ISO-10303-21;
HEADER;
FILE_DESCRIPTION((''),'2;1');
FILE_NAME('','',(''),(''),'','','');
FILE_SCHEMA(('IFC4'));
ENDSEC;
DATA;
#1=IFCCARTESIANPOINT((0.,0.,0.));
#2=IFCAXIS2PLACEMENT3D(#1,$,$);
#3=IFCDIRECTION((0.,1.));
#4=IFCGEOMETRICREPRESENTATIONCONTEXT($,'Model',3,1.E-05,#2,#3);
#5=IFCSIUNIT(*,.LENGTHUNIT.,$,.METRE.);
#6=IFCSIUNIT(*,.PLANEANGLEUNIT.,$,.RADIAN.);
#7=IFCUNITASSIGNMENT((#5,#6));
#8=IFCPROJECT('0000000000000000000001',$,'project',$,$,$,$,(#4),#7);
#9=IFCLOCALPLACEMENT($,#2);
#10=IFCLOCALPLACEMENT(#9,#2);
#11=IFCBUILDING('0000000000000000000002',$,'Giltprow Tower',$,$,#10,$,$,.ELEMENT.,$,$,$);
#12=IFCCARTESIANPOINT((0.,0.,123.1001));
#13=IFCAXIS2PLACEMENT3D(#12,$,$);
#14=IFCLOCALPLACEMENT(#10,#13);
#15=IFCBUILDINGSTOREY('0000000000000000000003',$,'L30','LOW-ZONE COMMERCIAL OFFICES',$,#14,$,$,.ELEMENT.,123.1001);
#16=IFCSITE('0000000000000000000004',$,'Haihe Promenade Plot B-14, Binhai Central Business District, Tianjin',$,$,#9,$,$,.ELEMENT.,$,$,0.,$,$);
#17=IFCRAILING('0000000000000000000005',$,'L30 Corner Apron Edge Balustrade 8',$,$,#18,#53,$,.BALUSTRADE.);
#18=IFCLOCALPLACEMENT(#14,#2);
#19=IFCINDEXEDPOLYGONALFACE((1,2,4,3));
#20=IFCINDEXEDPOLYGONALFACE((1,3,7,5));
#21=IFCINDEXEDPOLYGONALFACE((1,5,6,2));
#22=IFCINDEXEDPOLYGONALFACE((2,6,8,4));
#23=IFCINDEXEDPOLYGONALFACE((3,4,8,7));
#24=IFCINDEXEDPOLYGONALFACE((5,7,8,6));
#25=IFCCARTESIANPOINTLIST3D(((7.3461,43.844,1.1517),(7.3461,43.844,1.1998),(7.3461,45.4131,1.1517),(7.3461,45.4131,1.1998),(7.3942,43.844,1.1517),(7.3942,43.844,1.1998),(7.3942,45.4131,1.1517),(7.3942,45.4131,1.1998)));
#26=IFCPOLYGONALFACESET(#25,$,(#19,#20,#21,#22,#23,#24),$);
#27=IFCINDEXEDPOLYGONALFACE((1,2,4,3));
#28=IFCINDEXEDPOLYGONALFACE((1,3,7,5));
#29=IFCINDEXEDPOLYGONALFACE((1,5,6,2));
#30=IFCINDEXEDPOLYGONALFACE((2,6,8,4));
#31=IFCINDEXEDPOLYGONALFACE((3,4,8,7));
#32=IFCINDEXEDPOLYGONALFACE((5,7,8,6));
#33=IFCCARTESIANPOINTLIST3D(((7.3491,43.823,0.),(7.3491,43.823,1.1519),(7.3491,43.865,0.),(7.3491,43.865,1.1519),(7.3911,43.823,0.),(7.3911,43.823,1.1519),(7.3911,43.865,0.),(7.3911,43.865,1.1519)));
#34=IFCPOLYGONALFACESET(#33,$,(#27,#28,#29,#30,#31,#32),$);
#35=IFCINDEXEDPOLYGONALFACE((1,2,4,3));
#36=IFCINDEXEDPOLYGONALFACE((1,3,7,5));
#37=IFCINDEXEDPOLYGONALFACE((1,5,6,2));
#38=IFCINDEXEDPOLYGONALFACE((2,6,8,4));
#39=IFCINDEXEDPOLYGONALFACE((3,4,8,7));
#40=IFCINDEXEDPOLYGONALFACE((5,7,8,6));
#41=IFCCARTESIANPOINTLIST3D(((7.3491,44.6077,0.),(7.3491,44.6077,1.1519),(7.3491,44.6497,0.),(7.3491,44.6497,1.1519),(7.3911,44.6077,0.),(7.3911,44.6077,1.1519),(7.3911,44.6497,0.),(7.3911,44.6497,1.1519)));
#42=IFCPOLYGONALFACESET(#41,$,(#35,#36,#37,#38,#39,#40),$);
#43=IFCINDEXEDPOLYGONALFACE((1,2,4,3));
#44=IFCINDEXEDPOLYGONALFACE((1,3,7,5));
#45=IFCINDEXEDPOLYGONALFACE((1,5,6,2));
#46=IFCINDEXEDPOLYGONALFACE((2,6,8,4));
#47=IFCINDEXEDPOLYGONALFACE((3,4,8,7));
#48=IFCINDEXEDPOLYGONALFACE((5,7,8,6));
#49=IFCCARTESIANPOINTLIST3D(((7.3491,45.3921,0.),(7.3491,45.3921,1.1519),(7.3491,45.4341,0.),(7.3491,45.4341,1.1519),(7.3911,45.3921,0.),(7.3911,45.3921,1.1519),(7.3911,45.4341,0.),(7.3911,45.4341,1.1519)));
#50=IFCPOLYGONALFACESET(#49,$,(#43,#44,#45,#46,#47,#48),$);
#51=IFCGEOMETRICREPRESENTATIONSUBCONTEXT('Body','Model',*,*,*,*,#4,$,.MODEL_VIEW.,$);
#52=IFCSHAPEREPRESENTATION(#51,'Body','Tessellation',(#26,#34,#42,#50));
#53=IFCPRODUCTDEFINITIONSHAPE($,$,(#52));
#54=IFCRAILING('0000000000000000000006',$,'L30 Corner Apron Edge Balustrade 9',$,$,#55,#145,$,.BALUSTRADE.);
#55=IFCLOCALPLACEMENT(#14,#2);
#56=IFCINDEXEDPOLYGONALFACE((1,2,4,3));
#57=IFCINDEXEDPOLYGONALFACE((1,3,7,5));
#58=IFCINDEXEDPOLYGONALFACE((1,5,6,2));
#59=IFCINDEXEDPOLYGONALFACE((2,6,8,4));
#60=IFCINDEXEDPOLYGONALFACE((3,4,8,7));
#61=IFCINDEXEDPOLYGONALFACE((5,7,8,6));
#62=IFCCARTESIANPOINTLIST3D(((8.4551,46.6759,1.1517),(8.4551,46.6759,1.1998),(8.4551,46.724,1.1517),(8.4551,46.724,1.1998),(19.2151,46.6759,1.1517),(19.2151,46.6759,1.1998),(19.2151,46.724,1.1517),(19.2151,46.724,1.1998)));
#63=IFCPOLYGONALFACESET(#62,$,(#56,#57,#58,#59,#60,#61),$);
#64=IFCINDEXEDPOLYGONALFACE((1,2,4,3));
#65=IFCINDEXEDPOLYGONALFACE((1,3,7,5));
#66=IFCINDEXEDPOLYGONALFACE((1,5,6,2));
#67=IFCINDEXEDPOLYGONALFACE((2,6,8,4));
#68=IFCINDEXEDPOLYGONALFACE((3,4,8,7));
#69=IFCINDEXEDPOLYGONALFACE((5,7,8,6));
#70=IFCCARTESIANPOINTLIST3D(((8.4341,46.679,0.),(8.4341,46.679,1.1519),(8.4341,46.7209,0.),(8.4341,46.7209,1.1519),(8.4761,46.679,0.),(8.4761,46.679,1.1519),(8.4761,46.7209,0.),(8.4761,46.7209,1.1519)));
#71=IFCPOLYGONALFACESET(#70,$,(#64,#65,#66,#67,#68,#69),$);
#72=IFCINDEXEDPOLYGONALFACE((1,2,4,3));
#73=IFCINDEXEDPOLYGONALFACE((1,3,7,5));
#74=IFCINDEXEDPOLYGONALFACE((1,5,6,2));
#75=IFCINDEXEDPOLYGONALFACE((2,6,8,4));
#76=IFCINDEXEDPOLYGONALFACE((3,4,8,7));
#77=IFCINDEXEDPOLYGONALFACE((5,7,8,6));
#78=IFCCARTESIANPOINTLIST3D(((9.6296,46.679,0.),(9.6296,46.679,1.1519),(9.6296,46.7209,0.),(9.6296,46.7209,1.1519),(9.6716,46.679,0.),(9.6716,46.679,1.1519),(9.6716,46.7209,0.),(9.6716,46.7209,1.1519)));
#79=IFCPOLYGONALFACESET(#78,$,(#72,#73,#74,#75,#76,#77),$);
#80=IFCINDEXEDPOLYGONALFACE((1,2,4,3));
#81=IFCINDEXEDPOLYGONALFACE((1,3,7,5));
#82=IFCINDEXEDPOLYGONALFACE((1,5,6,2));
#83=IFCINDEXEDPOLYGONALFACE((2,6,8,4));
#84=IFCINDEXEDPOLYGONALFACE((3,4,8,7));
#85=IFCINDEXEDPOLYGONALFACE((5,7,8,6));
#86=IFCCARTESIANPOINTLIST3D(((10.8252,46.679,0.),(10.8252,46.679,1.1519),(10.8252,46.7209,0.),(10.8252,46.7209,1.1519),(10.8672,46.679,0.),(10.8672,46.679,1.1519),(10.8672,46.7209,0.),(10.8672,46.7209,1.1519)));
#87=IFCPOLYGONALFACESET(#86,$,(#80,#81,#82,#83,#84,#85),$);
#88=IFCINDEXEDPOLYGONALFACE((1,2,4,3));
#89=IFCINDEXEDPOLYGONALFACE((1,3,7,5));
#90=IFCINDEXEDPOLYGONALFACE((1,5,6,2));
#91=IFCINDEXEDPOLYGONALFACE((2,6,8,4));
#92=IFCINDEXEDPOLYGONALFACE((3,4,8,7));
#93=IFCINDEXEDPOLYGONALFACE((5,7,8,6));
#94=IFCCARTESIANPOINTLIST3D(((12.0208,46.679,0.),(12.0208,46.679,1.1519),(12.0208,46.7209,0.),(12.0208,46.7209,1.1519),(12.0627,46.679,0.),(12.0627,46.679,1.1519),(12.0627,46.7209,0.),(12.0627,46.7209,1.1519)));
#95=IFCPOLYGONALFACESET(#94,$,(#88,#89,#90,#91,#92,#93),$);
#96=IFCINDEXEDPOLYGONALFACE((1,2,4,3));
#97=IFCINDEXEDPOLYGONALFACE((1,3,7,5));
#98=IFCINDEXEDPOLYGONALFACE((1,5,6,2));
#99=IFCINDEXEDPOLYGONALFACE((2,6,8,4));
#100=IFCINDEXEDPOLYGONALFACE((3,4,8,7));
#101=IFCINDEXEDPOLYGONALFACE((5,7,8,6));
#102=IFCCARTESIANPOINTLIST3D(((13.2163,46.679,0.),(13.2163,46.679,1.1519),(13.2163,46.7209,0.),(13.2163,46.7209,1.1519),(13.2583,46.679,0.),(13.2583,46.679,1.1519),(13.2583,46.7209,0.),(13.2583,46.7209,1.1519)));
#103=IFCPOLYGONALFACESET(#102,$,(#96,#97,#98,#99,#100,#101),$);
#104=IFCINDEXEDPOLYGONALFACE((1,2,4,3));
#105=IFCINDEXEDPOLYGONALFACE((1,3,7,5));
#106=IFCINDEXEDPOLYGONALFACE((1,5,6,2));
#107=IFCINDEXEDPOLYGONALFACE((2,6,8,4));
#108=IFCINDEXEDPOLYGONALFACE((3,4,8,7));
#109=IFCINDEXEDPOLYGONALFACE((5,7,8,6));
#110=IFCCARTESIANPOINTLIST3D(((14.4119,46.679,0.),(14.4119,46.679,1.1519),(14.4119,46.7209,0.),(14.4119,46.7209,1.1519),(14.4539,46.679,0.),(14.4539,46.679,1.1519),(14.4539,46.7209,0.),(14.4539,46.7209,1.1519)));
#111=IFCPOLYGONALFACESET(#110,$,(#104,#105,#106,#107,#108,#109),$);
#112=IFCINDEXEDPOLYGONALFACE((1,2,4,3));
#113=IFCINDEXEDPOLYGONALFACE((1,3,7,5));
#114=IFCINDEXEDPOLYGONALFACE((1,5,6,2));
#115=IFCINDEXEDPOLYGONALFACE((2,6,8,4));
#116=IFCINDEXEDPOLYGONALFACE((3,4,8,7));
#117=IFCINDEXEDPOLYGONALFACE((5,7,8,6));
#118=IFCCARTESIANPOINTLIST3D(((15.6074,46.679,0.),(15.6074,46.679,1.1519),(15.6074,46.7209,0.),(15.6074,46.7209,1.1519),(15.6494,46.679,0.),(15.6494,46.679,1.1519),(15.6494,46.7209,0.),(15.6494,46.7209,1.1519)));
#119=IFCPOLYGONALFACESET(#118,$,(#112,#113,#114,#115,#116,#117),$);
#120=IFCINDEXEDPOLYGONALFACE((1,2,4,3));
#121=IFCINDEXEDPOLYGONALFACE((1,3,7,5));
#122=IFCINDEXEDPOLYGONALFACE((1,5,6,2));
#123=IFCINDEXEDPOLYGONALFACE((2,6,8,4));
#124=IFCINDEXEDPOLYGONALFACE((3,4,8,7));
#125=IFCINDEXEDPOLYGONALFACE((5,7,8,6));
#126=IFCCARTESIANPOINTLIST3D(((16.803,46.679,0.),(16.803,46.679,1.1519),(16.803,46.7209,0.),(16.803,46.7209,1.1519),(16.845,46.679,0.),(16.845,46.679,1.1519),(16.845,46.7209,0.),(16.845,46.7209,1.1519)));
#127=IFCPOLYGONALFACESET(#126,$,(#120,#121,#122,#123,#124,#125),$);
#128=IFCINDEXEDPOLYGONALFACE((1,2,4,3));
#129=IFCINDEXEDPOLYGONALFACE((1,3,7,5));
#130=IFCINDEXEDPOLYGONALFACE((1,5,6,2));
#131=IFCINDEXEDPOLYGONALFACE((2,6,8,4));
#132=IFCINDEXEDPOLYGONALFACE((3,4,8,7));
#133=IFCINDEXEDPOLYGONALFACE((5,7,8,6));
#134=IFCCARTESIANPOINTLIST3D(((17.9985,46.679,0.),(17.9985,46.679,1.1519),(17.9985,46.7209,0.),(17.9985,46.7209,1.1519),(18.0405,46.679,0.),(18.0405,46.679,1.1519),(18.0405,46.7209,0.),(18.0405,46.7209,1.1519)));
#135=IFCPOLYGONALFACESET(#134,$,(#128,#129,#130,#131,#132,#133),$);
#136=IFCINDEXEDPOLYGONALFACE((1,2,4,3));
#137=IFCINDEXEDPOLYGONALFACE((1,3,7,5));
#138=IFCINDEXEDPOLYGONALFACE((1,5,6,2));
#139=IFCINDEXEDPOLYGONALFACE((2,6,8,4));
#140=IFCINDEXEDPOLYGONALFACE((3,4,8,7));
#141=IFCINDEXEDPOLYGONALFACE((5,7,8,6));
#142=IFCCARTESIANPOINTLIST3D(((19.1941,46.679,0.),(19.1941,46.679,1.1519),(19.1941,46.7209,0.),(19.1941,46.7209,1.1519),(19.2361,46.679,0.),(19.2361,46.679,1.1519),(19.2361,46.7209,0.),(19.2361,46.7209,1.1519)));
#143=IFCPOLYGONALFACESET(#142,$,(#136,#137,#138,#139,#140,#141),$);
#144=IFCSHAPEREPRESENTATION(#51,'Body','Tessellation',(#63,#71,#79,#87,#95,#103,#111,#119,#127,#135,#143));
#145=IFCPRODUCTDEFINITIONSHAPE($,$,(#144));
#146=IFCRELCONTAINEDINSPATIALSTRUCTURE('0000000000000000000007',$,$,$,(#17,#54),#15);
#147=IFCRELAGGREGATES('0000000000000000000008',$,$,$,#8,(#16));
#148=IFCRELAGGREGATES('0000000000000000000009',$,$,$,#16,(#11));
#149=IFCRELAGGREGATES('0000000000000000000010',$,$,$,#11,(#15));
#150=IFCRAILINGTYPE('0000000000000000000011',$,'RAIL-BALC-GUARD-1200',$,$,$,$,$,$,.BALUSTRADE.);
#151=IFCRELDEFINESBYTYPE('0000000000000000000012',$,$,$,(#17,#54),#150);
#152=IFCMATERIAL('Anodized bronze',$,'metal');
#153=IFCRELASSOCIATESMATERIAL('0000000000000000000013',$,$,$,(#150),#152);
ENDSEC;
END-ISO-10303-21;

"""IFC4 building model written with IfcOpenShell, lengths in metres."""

from ifc_helpers import new_model, si_unit, direction, frame, origin, origin_2d, place, context, subcontext, project, spatial, rectangle, extrude, material, type_object, element, save


model = new_model("IFC4")

# Units and contexts
model_context = context("Model", 3, precision=1e-05, world=origin(), true_north=direction((0.0, 1.0)))
body_context = subcontext(model_context, "Body", "Model", "MODEL_VIEW")
ifc_project = project(units=[si_unit("LENGTHUNIT", "METRE"), si_unit("PLANEANGLEUNIT", "RADIAN")], contexts=[model_context])

# Site, building, storey
site_placement = place(None, origin())
site = spatial("IfcSite", under=ifc_project, at=site_placement, Name="Haihe Promenade Plot B-14, Binhai Central Business District, Tianjin", CompositionType="ELEMENT", RefElevation=0.0)
building_placement = place(site_placement, origin())
building = spatial("IfcBuilding", under=site, at=building_placement, Name="Giltprow Tower", CompositionType="ELEMENT")
storey_placement = place(building_placement, frame((0.0, 0.0, 123.1001)))
storey = spatial("IfcBuildingStorey", under=building, at=storey_placement, Name="L30", Description="LOW-ZONE COMMERCIAL OFFICES", CompositionType="ELEMENT", Elevation=123.1001)

# Railings
ifc_material_1 = material(Name="Anodized bronze", Category="metal")
railing_type = type_object("IfcRailingType", Name="RAIL-BALC-GUARD-1200", PredefinedType="BALUSTRADE", material=ifc_material_1)
railing_1_placement = place(storey_placement, frame((7.3701, 43.844, 0.0)))
element("IfcRailing", 1, at=railing_1_placement, inside=storey, type_object=railing_type, Name="L30 Corner Apron Edge Balustrade 8", PredefinedType="BALUSTRADE", context=body_context, shape_type="SweptSolid", body=[
    extrude(rectangle(XDim=0.0481, YDim=0.0481, at=origin_2d()), frame((0.0, 0.0, 1.1758), z_axis=(0.0, 1.0, 0.0), x_axis=(-1.0, 0.0, 0.0)), (0.0, 0.0, 1.0), 1.5691),
    extrude(rectangle(XDim=0.042, YDim=0.042, at=origin_2d()), origin(), (0.0, 0.0, 1.0), 1.1519),
    extrude(rectangle(XDim=0.042, YDim=0.042, at=origin_2d()), frame((0.0, 0.7847, 0.0)), (0.0, 0.0, 1.0), 1.1519),
    extrude(rectangle(XDim=0.042, YDim=0.042, at=origin_2d()), frame((0.0, 1.5691, 0.0)), (0.0, 0.0, 1.0), 1.1519),
])
railing_2_placement = place(storey_placement, frame((8.4551, 46.7, 0.0)))
element("IfcRailing", 2, at=railing_2_placement, inside=storey, type_object=railing_type, Name="L30 Corner Apron Edge Balustrade 9", PredefinedType="BALUSTRADE", context=body_context, shape_type="SweptSolid", body=[
    extrude(rectangle(XDim=0.0481, YDim=0.0481, at=origin_2d()), frame((0.0, 0.0, 1.1758), z_axis=(1.0, 0.0, 0.0), x_axis=(0.0, 1.0, 0.0)), (0.0, 0.0, 1.0), 10.76),
    extrude(rectangle(XDim=0.042, YDim=0.042, at=origin_2d()), origin(), (0.0, 0.0, 1.0), 1.1519),
    extrude(rectangle(XDim=0.042, YDim=0.042, at=origin_2d()), frame((1.1956, 0.0, 0.0)), (0.0, 0.0, 1.0), 1.1519),
    extrude(rectangle(XDim=0.042, YDim=0.042, at=origin_2d()), frame((2.3911, 0.0, 0.0)), (0.0, 0.0, 1.0), 1.1519),
    extrude(rectangle(XDim=0.042, YDim=0.042, at=origin_2d()), frame((3.5867, 0.0, 0.0)), (0.0, 0.0, 1.0), 1.1519),
    extrude(rectangle(XDim=0.042, YDim=0.042, at=origin_2d()), frame((4.7822, 0.0, 0.0)), (0.0, 0.0, 1.0), 1.1519),
    extrude(rectangle(XDim=0.042, YDim=0.042, at=origin_2d()), frame((5.9778, 0.0, 0.0)), (0.0, 0.0, 1.0), 1.1519),
    extrude(rectangle(XDim=0.042, YDim=0.042, at=origin_2d()), frame((7.1733, 0.0, 0.0)), (0.0, 0.0, 1.0), 1.1519),
    extrude(rectangle(XDim=0.042, YDim=0.042, at=origin_2d()), frame((8.3689, 0.0, 0.0)), (0.0, 0.0, 1.0), 1.1519),
    extrude(rectangle(XDim=0.042, YDim=0.042, at=origin_2d()), frame((9.5645, 0.0, 0.0)), (0.0, 0.0, 1.0), 1.1519),
    extrude(rectangle(XDim=0.042, YDim=0.042, at=origin_2d()), frame((10.76, 0.0, 0.0)), (0.0, 0.0, 1.0), 1.1519),
])

save(model, "model.ifc")
